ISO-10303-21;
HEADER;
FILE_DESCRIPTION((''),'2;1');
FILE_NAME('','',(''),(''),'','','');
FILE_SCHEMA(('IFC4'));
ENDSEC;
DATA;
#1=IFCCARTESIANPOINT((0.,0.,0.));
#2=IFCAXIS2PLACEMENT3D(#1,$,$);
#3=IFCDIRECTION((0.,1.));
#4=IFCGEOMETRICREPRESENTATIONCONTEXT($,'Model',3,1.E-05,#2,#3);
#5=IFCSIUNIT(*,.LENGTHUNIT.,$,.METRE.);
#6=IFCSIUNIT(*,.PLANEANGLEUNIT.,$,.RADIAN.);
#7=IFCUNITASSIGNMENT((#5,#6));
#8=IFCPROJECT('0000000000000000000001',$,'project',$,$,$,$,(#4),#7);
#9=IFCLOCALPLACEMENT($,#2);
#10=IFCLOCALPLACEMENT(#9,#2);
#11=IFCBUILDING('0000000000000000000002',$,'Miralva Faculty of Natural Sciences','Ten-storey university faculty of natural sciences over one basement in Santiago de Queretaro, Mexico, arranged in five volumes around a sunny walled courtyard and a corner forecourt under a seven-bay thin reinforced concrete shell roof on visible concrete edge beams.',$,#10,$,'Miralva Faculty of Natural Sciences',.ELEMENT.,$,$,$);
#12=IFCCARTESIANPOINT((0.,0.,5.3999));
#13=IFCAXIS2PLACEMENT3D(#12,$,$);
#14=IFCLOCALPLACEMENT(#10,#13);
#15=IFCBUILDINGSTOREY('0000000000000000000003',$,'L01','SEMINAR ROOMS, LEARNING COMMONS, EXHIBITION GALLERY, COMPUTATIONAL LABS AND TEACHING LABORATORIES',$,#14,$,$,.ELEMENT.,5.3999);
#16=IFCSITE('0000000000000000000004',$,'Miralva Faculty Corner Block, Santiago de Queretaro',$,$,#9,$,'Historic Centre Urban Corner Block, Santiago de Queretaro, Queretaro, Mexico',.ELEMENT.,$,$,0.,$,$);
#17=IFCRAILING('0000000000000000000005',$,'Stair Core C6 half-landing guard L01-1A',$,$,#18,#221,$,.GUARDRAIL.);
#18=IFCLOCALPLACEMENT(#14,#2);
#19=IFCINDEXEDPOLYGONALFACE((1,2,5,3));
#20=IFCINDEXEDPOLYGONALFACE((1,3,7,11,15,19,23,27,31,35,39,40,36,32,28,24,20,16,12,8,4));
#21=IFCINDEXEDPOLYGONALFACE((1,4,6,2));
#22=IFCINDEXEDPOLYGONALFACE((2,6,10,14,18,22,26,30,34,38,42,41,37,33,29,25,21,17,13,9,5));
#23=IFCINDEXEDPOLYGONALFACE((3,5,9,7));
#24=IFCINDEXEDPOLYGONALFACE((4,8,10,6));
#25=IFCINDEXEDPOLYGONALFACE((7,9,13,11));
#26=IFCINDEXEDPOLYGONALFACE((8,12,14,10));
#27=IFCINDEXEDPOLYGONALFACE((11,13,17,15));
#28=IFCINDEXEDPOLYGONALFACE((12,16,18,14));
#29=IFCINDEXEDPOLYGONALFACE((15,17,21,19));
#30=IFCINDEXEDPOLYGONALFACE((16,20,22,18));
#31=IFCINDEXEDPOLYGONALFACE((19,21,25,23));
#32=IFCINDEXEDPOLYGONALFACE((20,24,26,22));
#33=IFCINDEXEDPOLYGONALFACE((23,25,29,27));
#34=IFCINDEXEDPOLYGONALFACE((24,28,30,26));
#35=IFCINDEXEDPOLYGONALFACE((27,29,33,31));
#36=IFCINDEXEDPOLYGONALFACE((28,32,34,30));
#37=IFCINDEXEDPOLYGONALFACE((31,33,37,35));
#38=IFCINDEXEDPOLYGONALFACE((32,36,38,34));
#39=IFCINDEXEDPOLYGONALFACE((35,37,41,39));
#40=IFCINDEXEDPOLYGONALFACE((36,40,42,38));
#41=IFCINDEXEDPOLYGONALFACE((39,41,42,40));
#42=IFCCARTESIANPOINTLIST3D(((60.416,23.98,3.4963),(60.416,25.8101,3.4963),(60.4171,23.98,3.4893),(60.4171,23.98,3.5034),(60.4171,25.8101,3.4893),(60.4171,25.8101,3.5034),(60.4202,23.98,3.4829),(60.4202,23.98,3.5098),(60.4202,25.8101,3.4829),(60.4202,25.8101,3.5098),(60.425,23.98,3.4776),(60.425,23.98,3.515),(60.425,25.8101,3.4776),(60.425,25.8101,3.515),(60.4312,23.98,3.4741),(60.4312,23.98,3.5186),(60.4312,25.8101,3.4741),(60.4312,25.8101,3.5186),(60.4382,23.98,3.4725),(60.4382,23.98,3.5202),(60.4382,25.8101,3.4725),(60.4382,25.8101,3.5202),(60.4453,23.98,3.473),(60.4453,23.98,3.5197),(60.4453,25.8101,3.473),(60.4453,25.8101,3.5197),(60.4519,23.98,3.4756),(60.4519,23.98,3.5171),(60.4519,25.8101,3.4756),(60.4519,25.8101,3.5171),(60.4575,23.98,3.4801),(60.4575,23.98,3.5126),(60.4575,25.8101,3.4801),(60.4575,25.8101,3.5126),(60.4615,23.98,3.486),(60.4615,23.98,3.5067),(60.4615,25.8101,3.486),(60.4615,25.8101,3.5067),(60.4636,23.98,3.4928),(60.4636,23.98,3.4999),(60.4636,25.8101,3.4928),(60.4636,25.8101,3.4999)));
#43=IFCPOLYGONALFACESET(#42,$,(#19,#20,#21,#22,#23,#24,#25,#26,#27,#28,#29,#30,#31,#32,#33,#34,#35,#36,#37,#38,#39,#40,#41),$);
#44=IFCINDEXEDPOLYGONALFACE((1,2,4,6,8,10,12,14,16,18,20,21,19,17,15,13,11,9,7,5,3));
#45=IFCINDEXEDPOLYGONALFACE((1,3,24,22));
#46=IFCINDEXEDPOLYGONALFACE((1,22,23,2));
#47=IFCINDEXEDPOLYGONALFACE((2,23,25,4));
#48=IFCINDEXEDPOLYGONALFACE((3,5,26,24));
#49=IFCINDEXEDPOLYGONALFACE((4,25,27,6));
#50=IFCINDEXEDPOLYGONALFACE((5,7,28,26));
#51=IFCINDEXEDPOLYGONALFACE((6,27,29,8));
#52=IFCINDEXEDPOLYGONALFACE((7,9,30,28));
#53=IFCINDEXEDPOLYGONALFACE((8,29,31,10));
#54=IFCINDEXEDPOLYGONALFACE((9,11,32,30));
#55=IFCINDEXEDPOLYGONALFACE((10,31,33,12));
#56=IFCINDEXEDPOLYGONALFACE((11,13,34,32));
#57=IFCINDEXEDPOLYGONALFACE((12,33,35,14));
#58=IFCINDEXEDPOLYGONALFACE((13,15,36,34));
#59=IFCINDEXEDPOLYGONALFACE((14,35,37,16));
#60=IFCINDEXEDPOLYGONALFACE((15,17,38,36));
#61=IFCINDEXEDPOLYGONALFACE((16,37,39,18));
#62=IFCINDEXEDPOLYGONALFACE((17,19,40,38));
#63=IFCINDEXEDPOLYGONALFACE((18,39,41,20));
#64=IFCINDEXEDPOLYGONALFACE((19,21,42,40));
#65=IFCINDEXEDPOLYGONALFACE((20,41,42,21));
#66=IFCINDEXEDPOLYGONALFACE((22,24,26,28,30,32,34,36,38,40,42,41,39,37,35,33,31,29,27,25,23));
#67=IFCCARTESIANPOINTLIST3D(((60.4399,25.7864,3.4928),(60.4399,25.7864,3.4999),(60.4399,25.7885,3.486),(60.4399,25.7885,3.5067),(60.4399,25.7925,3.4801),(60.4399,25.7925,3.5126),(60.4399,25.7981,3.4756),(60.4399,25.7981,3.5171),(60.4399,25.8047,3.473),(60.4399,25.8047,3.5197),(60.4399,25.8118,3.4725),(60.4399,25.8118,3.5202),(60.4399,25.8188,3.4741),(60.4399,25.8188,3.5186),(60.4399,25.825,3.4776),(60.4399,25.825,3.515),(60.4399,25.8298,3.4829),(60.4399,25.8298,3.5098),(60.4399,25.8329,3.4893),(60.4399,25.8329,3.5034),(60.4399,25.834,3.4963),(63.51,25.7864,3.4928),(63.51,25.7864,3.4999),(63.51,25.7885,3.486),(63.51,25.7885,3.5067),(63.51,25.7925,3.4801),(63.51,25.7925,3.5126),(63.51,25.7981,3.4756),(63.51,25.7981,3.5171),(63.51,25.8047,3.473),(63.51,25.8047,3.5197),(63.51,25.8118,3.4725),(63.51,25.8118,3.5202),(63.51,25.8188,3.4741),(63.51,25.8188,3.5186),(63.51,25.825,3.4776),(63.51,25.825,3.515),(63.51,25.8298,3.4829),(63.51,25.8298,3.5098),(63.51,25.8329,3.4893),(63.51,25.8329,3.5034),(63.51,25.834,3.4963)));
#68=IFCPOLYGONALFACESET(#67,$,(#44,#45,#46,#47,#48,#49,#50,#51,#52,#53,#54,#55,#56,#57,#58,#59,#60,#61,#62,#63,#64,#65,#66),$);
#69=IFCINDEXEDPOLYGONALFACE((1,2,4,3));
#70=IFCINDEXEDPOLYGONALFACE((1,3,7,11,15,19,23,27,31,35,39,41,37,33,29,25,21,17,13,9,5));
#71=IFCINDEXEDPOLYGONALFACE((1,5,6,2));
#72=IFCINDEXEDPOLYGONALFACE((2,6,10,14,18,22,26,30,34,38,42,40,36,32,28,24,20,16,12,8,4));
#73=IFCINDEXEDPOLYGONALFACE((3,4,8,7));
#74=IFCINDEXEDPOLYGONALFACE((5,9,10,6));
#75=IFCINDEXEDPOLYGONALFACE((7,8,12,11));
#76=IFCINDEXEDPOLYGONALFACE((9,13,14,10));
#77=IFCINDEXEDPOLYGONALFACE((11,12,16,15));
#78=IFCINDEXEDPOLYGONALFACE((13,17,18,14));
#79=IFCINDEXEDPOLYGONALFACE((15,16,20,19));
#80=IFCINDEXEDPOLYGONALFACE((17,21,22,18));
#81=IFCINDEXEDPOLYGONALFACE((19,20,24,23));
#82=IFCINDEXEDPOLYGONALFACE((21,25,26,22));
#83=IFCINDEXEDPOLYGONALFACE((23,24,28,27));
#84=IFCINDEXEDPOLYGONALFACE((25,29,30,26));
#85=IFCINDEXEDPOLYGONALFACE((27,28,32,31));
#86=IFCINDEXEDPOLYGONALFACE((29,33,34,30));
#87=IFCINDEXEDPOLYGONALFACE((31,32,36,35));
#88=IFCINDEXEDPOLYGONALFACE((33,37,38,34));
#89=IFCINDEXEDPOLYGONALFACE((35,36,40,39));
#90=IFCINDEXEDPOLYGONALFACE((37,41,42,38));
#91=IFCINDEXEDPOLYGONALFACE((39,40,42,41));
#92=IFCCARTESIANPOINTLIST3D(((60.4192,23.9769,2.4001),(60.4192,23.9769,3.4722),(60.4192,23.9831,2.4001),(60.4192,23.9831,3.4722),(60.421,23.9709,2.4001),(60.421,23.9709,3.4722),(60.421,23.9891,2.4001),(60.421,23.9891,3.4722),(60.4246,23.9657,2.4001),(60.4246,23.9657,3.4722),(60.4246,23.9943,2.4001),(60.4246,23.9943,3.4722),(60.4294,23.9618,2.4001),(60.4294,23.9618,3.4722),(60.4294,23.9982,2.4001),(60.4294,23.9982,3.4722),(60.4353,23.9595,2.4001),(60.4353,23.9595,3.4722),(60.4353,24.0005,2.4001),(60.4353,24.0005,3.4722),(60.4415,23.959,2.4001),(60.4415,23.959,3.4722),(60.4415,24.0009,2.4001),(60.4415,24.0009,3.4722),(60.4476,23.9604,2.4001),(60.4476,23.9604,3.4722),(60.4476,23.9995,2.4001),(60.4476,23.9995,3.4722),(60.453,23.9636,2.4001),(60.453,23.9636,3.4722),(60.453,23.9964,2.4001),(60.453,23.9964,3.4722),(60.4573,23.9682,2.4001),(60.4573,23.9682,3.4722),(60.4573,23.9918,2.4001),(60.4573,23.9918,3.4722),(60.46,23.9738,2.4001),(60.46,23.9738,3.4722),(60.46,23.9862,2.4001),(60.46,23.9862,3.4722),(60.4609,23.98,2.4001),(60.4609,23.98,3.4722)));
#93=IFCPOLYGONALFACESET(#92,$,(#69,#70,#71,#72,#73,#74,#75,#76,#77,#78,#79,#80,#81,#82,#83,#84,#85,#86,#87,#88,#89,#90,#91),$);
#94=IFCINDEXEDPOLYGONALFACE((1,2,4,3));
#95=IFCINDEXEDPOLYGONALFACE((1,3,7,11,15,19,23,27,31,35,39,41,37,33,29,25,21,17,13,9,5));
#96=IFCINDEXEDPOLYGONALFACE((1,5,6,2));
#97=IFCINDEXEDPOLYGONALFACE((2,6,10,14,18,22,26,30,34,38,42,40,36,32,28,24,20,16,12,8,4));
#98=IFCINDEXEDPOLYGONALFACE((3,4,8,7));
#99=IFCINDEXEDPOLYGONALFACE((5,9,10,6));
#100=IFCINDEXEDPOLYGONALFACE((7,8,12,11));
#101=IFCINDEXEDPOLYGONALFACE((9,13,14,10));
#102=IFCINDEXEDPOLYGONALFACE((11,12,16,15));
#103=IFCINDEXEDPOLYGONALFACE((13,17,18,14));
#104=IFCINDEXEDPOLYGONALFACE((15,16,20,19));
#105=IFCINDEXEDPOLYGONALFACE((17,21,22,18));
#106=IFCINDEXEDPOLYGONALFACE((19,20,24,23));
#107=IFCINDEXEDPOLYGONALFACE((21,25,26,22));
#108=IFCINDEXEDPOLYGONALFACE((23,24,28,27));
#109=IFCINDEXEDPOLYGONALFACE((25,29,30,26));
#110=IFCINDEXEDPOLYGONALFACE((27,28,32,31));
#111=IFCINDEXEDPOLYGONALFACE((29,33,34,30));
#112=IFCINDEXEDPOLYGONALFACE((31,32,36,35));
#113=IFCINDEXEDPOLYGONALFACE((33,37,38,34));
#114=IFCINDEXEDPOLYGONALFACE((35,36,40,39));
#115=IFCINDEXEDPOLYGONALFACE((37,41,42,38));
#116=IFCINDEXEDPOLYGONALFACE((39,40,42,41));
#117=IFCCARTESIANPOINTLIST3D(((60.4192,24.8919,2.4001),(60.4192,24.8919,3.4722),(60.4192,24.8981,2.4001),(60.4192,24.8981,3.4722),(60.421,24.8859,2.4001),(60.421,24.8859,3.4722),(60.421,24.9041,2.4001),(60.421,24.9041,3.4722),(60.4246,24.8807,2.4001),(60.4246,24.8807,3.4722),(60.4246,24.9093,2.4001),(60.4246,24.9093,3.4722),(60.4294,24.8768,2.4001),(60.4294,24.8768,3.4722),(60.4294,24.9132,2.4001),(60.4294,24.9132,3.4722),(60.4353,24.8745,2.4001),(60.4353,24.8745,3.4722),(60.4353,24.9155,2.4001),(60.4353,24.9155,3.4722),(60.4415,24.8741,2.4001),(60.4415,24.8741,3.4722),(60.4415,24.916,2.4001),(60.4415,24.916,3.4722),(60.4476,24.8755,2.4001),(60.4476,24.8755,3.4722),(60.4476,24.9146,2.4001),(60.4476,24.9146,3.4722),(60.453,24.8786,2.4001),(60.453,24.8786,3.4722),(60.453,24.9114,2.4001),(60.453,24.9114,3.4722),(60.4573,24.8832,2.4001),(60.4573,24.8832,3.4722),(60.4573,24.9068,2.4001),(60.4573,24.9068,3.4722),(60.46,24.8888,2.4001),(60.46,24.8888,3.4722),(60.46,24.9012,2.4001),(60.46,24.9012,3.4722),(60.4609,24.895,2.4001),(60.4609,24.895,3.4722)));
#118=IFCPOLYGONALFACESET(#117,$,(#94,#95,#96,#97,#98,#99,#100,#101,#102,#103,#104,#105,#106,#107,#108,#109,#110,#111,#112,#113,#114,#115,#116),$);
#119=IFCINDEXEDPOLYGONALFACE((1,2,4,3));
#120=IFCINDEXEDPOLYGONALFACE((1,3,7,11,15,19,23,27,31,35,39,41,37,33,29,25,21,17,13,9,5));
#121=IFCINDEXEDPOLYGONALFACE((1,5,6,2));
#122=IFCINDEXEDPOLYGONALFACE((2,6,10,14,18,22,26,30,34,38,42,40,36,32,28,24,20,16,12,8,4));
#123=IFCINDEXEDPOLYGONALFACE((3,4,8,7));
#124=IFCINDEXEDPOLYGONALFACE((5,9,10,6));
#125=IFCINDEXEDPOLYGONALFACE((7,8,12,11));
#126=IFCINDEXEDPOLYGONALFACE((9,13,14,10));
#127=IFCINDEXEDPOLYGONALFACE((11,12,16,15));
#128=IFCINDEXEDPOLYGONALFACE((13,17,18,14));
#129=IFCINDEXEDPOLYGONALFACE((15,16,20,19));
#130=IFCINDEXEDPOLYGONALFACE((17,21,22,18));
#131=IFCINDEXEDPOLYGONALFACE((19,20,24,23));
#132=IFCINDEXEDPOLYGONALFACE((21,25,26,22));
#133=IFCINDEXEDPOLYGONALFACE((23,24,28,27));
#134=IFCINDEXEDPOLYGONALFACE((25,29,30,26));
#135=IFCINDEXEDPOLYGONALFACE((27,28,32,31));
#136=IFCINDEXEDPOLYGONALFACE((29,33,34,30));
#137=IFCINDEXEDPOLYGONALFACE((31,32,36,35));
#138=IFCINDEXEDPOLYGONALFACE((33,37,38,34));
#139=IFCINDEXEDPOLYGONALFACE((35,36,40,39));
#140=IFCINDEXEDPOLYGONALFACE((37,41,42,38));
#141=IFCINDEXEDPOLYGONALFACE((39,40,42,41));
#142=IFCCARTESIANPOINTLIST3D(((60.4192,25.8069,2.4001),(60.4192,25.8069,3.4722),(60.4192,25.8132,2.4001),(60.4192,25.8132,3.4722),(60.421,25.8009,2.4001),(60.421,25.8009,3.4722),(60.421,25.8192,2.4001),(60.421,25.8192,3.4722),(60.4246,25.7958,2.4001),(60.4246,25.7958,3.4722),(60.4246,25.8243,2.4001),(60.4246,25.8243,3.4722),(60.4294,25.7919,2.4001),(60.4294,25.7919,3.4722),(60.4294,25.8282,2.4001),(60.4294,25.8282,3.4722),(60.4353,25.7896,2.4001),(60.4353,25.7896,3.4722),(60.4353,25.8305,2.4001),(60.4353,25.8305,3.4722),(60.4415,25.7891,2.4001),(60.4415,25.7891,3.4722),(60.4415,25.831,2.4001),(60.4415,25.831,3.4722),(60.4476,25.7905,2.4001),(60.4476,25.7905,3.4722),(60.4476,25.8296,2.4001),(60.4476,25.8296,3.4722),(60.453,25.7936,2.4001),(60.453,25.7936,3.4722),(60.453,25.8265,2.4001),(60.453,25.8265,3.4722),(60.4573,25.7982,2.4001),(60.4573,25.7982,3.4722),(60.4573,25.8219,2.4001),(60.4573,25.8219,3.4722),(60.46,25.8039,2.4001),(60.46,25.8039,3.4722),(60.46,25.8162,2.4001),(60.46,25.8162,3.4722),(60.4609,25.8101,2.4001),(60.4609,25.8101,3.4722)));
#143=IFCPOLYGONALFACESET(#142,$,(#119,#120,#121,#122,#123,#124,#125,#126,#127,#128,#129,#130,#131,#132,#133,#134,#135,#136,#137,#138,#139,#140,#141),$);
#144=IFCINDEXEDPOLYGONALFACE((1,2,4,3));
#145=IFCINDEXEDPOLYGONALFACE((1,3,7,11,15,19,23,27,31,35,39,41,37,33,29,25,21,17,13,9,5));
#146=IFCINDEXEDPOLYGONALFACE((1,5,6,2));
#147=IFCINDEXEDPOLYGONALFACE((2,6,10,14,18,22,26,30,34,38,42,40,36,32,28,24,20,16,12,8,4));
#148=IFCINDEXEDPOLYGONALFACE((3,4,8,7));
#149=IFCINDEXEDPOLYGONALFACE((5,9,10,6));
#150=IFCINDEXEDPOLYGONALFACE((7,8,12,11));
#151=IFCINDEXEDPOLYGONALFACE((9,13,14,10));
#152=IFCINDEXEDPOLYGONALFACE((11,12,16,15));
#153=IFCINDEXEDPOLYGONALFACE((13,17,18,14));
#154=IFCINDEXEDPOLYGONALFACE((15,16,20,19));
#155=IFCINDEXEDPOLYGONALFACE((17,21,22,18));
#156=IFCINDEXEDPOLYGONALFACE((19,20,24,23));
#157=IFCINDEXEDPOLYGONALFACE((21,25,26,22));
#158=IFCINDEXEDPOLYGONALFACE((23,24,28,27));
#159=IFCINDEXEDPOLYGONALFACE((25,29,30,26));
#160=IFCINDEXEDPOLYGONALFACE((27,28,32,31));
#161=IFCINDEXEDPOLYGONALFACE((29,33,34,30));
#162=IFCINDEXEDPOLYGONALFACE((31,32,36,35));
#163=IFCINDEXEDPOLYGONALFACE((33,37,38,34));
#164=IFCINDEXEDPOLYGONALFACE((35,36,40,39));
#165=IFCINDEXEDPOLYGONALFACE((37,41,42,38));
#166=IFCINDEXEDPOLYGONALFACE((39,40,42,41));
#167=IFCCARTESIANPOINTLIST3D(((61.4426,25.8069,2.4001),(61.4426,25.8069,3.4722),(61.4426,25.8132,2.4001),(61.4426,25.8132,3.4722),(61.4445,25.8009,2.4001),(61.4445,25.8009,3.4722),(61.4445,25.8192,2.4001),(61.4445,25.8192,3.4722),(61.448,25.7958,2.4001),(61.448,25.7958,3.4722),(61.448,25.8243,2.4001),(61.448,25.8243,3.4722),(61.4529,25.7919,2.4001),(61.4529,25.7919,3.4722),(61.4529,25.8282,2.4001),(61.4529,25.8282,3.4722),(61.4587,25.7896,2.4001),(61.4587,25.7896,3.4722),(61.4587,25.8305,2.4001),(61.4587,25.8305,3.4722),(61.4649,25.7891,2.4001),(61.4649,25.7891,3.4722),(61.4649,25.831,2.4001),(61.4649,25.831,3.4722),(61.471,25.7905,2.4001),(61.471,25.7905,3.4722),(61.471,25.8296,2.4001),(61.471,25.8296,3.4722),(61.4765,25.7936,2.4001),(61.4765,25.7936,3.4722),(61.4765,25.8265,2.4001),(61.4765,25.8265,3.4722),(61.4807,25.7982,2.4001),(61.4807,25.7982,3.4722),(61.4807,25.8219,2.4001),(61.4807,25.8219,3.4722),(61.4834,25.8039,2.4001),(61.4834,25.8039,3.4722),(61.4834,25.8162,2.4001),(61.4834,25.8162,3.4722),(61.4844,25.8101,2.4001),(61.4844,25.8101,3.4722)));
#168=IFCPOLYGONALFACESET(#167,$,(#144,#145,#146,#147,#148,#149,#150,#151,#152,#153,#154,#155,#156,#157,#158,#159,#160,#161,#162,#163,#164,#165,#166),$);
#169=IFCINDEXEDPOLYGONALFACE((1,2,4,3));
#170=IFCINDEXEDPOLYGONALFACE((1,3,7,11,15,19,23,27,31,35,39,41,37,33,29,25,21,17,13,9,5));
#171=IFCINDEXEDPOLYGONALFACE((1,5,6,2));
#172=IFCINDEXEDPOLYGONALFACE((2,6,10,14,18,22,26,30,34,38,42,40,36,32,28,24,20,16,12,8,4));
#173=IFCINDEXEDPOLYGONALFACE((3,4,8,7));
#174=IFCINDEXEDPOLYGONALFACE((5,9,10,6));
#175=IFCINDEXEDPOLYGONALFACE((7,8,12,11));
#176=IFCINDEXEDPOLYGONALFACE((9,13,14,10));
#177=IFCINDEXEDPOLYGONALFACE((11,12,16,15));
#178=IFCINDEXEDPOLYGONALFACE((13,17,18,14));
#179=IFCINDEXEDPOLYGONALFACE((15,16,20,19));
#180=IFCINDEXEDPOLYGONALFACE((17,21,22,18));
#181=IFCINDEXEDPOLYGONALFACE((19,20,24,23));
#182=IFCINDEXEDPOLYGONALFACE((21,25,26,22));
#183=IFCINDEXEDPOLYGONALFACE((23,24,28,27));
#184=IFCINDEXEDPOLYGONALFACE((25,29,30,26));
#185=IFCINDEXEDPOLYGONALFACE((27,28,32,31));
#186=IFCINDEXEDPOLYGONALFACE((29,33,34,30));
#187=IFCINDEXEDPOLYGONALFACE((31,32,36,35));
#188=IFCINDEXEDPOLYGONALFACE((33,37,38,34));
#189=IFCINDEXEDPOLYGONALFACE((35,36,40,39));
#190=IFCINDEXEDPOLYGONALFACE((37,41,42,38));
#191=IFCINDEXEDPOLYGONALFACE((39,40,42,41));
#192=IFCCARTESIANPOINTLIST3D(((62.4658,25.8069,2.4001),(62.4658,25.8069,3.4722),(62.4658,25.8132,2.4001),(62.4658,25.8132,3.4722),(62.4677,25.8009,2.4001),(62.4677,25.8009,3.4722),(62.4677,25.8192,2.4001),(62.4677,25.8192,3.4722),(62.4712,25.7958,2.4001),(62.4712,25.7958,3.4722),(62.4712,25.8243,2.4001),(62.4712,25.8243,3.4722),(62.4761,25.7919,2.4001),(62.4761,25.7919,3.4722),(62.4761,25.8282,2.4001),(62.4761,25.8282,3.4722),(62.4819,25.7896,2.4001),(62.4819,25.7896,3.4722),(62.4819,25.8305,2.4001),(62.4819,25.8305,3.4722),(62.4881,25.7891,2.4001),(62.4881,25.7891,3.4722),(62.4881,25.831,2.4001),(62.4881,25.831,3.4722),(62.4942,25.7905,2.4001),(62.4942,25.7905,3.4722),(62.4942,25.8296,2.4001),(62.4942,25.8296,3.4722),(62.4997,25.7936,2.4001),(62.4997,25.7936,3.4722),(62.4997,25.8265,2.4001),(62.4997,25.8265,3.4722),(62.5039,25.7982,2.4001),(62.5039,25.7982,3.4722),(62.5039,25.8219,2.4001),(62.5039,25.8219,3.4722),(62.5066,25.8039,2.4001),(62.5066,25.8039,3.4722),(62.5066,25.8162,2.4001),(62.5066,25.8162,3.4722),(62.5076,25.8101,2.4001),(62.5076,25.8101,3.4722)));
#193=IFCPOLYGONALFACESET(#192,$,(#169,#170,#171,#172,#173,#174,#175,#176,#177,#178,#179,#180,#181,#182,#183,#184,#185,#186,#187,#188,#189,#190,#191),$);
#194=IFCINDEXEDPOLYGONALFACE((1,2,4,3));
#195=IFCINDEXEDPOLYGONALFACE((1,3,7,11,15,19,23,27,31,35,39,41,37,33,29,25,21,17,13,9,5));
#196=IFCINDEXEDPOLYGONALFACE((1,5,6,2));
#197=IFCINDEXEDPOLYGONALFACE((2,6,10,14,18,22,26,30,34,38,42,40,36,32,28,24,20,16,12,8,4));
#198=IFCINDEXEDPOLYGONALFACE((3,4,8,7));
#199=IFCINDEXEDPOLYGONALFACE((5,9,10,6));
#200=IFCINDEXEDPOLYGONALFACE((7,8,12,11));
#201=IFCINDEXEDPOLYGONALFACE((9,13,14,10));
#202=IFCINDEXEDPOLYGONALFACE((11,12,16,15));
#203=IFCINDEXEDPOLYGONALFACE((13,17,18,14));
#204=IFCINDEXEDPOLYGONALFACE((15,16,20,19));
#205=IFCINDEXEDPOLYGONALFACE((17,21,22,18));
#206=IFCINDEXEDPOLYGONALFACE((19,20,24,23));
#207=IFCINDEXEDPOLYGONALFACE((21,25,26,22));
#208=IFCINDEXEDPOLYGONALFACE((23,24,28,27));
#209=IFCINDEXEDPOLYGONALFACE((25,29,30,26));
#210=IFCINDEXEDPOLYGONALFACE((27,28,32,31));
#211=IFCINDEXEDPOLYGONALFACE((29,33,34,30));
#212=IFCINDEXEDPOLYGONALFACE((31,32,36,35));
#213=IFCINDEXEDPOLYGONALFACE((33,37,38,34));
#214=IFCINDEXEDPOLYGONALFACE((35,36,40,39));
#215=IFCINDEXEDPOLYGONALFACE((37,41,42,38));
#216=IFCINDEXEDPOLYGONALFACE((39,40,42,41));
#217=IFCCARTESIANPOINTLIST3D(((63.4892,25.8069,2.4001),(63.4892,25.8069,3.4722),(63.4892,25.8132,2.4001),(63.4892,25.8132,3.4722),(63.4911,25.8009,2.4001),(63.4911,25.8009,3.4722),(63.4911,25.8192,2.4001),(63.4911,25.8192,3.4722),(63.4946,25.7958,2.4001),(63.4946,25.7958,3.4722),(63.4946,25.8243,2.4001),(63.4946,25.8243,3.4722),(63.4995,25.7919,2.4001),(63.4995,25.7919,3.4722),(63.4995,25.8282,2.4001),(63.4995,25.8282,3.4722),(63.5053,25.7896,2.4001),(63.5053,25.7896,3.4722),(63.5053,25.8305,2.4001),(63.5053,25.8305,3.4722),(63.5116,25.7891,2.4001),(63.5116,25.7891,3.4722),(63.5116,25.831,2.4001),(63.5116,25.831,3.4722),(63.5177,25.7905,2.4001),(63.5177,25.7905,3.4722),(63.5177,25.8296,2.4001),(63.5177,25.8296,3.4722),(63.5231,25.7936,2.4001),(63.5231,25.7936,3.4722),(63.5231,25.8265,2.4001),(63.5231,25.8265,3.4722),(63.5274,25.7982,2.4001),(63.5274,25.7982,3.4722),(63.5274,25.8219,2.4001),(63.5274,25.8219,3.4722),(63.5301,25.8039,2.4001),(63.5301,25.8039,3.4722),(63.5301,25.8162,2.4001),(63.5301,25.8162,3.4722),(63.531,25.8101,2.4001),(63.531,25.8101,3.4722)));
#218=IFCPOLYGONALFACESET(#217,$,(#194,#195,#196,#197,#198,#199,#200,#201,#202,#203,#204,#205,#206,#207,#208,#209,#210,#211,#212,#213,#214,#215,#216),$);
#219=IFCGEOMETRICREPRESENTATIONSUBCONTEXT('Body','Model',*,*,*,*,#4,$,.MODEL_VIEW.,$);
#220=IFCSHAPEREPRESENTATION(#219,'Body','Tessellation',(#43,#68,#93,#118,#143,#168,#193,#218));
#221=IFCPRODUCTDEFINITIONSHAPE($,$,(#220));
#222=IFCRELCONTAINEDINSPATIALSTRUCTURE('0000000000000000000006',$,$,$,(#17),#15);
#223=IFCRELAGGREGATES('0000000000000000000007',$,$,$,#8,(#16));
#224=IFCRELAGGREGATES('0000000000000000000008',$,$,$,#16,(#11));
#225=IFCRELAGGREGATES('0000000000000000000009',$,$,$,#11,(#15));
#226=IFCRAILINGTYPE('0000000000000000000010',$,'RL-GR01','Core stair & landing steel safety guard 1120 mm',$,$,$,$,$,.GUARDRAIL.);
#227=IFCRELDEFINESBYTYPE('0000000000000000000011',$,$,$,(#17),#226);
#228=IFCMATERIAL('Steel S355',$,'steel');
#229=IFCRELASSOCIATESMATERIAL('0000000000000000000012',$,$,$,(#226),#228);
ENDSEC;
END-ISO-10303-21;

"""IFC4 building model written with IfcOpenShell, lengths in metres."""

from ifc_helpers import new_model, si_unit, direction, frame, origin, origin_2d, place, context, subcontext, project, spatial, circle, extrude, material, type_object, element, save


model = new_model("IFC4")

# Units and contexts
model_context = context("Model", 3, precision=1e-05, world=origin(), true_north=direction((0.0, 1.0)))
body_context = subcontext(model_context, "Body", "Model", "MODEL_VIEW")
ifc_project = project(units=[si_unit("LENGTHUNIT", "METRE"), si_unit("PLANEANGLEUNIT", "RADIAN")], contexts=[model_context])

# Site, building, storey
site_placement = place(None, origin())
site = spatial("IfcSite", under=ifc_project, at=site_placement, Name="Miralva Faculty Corner Block, Santiago de Queretaro", LongName="Historic Centre Urban Corner Block, Santiago de Queretaro, Queretaro, Mexico", CompositionType="ELEMENT", RefElevation=0.0)
building_placement = place(site_placement, origin())
building = spatial("IfcBuilding", under=site, at=building_placement, Name="Miralva Faculty of Natural Sciences", Description="Ten-storey university faculty of natural sciences over one basement in Santiago de Queretaro, Mexico, arranged in five volumes around a sunny walled courtyard and a corner forecourt under a seven-bay thin reinforced concrete shell roof on visible concrete edge beams.", LongName="Miralva Faculty of Natural Sciences", CompositionType="ELEMENT")
storey_placement = place(building_placement, frame((0.0, 0.0, 5.3999)))
storey = spatial("IfcBuildingStorey", under=building, at=storey_placement, Name="L01", Description="SEMINAR ROOMS, LEARNING COMMONS, EXHIBITION GALLERY, COMPUTATIONAL LABS AND TEACHING LABORATORIES", CompositionType="ELEMENT", Elevation=5.3999)

# Railing
ifc_material_1 = material(Name="Steel S355", Category="steel")
railing_type_1 = type_object("IfcRailingType", Name="RL-GR01", Description="Core stair & landing steel safety guard 1120 mm", PredefinedType="GUARDRAIL", material=ifc_material_1)
railing_1_placement = place(storey_placement, frame((60.4399, 23.98, 2.4001)))
element("IfcRailing", 1, at=railing_1_placement, inside=storey, type_object=railing_type_1, Name="Stair Core C6 half-landing guard L01-1A", PredefinedType="GUARDRAIL", context=body_context, shape_type="SweptSolid", body=[
    extrude(circle(Radius=0.0239, at=origin_2d()), frame((0.0, 0.0, 1.0962), z_axis=(0.0, 1.0, 0.0), x_axis=(-1.0, 0.0, 0.0)), (0.0, 0.0, 1.0), 1.8301),
    extrude(circle(Radius=0.0239, at=origin_2d()), frame((0.0, 1.8301, 1.0962), z_axis=(1.0, 0.0, 0.0), x_axis=(0.0, 1.0, 0.0)), (0.0, 0.0, 1.0), 3.0701),
    extrude(circle(Radius=0.021, at=origin_2d()), origin(), (0.0, 0.0, 1.0), 1.072),
    extrude(circle(Radius=0.021, at=origin_2d()), frame((0.0, 0.915, 0.0)), (0.0, 0.0, 1.0), 1.072),
    extrude(circle(Radius=0.021, at=origin_2d()), frame((0.0, 1.8301, 0.0)), (0.0, 0.0, 1.0), 1.072),
    extrude(circle(Radius=0.021, at=origin_2d()), frame((1.0234, 1.8301, 0.0)), (0.0, 0.0, 1.0), 1.072),
    extrude(circle(Radius=0.021, at=origin_2d()), frame((2.0466, 1.8301, 0.0)), (0.0, 0.0, 1.0), 1.072),
    extrude(circle(Radius=0.021, at=origin_2d()), frame((3.0701, 1.8301, 0.0)), (0.0, 0.0, 1.0), 1.072),
])

save(model, "model.ifc")
